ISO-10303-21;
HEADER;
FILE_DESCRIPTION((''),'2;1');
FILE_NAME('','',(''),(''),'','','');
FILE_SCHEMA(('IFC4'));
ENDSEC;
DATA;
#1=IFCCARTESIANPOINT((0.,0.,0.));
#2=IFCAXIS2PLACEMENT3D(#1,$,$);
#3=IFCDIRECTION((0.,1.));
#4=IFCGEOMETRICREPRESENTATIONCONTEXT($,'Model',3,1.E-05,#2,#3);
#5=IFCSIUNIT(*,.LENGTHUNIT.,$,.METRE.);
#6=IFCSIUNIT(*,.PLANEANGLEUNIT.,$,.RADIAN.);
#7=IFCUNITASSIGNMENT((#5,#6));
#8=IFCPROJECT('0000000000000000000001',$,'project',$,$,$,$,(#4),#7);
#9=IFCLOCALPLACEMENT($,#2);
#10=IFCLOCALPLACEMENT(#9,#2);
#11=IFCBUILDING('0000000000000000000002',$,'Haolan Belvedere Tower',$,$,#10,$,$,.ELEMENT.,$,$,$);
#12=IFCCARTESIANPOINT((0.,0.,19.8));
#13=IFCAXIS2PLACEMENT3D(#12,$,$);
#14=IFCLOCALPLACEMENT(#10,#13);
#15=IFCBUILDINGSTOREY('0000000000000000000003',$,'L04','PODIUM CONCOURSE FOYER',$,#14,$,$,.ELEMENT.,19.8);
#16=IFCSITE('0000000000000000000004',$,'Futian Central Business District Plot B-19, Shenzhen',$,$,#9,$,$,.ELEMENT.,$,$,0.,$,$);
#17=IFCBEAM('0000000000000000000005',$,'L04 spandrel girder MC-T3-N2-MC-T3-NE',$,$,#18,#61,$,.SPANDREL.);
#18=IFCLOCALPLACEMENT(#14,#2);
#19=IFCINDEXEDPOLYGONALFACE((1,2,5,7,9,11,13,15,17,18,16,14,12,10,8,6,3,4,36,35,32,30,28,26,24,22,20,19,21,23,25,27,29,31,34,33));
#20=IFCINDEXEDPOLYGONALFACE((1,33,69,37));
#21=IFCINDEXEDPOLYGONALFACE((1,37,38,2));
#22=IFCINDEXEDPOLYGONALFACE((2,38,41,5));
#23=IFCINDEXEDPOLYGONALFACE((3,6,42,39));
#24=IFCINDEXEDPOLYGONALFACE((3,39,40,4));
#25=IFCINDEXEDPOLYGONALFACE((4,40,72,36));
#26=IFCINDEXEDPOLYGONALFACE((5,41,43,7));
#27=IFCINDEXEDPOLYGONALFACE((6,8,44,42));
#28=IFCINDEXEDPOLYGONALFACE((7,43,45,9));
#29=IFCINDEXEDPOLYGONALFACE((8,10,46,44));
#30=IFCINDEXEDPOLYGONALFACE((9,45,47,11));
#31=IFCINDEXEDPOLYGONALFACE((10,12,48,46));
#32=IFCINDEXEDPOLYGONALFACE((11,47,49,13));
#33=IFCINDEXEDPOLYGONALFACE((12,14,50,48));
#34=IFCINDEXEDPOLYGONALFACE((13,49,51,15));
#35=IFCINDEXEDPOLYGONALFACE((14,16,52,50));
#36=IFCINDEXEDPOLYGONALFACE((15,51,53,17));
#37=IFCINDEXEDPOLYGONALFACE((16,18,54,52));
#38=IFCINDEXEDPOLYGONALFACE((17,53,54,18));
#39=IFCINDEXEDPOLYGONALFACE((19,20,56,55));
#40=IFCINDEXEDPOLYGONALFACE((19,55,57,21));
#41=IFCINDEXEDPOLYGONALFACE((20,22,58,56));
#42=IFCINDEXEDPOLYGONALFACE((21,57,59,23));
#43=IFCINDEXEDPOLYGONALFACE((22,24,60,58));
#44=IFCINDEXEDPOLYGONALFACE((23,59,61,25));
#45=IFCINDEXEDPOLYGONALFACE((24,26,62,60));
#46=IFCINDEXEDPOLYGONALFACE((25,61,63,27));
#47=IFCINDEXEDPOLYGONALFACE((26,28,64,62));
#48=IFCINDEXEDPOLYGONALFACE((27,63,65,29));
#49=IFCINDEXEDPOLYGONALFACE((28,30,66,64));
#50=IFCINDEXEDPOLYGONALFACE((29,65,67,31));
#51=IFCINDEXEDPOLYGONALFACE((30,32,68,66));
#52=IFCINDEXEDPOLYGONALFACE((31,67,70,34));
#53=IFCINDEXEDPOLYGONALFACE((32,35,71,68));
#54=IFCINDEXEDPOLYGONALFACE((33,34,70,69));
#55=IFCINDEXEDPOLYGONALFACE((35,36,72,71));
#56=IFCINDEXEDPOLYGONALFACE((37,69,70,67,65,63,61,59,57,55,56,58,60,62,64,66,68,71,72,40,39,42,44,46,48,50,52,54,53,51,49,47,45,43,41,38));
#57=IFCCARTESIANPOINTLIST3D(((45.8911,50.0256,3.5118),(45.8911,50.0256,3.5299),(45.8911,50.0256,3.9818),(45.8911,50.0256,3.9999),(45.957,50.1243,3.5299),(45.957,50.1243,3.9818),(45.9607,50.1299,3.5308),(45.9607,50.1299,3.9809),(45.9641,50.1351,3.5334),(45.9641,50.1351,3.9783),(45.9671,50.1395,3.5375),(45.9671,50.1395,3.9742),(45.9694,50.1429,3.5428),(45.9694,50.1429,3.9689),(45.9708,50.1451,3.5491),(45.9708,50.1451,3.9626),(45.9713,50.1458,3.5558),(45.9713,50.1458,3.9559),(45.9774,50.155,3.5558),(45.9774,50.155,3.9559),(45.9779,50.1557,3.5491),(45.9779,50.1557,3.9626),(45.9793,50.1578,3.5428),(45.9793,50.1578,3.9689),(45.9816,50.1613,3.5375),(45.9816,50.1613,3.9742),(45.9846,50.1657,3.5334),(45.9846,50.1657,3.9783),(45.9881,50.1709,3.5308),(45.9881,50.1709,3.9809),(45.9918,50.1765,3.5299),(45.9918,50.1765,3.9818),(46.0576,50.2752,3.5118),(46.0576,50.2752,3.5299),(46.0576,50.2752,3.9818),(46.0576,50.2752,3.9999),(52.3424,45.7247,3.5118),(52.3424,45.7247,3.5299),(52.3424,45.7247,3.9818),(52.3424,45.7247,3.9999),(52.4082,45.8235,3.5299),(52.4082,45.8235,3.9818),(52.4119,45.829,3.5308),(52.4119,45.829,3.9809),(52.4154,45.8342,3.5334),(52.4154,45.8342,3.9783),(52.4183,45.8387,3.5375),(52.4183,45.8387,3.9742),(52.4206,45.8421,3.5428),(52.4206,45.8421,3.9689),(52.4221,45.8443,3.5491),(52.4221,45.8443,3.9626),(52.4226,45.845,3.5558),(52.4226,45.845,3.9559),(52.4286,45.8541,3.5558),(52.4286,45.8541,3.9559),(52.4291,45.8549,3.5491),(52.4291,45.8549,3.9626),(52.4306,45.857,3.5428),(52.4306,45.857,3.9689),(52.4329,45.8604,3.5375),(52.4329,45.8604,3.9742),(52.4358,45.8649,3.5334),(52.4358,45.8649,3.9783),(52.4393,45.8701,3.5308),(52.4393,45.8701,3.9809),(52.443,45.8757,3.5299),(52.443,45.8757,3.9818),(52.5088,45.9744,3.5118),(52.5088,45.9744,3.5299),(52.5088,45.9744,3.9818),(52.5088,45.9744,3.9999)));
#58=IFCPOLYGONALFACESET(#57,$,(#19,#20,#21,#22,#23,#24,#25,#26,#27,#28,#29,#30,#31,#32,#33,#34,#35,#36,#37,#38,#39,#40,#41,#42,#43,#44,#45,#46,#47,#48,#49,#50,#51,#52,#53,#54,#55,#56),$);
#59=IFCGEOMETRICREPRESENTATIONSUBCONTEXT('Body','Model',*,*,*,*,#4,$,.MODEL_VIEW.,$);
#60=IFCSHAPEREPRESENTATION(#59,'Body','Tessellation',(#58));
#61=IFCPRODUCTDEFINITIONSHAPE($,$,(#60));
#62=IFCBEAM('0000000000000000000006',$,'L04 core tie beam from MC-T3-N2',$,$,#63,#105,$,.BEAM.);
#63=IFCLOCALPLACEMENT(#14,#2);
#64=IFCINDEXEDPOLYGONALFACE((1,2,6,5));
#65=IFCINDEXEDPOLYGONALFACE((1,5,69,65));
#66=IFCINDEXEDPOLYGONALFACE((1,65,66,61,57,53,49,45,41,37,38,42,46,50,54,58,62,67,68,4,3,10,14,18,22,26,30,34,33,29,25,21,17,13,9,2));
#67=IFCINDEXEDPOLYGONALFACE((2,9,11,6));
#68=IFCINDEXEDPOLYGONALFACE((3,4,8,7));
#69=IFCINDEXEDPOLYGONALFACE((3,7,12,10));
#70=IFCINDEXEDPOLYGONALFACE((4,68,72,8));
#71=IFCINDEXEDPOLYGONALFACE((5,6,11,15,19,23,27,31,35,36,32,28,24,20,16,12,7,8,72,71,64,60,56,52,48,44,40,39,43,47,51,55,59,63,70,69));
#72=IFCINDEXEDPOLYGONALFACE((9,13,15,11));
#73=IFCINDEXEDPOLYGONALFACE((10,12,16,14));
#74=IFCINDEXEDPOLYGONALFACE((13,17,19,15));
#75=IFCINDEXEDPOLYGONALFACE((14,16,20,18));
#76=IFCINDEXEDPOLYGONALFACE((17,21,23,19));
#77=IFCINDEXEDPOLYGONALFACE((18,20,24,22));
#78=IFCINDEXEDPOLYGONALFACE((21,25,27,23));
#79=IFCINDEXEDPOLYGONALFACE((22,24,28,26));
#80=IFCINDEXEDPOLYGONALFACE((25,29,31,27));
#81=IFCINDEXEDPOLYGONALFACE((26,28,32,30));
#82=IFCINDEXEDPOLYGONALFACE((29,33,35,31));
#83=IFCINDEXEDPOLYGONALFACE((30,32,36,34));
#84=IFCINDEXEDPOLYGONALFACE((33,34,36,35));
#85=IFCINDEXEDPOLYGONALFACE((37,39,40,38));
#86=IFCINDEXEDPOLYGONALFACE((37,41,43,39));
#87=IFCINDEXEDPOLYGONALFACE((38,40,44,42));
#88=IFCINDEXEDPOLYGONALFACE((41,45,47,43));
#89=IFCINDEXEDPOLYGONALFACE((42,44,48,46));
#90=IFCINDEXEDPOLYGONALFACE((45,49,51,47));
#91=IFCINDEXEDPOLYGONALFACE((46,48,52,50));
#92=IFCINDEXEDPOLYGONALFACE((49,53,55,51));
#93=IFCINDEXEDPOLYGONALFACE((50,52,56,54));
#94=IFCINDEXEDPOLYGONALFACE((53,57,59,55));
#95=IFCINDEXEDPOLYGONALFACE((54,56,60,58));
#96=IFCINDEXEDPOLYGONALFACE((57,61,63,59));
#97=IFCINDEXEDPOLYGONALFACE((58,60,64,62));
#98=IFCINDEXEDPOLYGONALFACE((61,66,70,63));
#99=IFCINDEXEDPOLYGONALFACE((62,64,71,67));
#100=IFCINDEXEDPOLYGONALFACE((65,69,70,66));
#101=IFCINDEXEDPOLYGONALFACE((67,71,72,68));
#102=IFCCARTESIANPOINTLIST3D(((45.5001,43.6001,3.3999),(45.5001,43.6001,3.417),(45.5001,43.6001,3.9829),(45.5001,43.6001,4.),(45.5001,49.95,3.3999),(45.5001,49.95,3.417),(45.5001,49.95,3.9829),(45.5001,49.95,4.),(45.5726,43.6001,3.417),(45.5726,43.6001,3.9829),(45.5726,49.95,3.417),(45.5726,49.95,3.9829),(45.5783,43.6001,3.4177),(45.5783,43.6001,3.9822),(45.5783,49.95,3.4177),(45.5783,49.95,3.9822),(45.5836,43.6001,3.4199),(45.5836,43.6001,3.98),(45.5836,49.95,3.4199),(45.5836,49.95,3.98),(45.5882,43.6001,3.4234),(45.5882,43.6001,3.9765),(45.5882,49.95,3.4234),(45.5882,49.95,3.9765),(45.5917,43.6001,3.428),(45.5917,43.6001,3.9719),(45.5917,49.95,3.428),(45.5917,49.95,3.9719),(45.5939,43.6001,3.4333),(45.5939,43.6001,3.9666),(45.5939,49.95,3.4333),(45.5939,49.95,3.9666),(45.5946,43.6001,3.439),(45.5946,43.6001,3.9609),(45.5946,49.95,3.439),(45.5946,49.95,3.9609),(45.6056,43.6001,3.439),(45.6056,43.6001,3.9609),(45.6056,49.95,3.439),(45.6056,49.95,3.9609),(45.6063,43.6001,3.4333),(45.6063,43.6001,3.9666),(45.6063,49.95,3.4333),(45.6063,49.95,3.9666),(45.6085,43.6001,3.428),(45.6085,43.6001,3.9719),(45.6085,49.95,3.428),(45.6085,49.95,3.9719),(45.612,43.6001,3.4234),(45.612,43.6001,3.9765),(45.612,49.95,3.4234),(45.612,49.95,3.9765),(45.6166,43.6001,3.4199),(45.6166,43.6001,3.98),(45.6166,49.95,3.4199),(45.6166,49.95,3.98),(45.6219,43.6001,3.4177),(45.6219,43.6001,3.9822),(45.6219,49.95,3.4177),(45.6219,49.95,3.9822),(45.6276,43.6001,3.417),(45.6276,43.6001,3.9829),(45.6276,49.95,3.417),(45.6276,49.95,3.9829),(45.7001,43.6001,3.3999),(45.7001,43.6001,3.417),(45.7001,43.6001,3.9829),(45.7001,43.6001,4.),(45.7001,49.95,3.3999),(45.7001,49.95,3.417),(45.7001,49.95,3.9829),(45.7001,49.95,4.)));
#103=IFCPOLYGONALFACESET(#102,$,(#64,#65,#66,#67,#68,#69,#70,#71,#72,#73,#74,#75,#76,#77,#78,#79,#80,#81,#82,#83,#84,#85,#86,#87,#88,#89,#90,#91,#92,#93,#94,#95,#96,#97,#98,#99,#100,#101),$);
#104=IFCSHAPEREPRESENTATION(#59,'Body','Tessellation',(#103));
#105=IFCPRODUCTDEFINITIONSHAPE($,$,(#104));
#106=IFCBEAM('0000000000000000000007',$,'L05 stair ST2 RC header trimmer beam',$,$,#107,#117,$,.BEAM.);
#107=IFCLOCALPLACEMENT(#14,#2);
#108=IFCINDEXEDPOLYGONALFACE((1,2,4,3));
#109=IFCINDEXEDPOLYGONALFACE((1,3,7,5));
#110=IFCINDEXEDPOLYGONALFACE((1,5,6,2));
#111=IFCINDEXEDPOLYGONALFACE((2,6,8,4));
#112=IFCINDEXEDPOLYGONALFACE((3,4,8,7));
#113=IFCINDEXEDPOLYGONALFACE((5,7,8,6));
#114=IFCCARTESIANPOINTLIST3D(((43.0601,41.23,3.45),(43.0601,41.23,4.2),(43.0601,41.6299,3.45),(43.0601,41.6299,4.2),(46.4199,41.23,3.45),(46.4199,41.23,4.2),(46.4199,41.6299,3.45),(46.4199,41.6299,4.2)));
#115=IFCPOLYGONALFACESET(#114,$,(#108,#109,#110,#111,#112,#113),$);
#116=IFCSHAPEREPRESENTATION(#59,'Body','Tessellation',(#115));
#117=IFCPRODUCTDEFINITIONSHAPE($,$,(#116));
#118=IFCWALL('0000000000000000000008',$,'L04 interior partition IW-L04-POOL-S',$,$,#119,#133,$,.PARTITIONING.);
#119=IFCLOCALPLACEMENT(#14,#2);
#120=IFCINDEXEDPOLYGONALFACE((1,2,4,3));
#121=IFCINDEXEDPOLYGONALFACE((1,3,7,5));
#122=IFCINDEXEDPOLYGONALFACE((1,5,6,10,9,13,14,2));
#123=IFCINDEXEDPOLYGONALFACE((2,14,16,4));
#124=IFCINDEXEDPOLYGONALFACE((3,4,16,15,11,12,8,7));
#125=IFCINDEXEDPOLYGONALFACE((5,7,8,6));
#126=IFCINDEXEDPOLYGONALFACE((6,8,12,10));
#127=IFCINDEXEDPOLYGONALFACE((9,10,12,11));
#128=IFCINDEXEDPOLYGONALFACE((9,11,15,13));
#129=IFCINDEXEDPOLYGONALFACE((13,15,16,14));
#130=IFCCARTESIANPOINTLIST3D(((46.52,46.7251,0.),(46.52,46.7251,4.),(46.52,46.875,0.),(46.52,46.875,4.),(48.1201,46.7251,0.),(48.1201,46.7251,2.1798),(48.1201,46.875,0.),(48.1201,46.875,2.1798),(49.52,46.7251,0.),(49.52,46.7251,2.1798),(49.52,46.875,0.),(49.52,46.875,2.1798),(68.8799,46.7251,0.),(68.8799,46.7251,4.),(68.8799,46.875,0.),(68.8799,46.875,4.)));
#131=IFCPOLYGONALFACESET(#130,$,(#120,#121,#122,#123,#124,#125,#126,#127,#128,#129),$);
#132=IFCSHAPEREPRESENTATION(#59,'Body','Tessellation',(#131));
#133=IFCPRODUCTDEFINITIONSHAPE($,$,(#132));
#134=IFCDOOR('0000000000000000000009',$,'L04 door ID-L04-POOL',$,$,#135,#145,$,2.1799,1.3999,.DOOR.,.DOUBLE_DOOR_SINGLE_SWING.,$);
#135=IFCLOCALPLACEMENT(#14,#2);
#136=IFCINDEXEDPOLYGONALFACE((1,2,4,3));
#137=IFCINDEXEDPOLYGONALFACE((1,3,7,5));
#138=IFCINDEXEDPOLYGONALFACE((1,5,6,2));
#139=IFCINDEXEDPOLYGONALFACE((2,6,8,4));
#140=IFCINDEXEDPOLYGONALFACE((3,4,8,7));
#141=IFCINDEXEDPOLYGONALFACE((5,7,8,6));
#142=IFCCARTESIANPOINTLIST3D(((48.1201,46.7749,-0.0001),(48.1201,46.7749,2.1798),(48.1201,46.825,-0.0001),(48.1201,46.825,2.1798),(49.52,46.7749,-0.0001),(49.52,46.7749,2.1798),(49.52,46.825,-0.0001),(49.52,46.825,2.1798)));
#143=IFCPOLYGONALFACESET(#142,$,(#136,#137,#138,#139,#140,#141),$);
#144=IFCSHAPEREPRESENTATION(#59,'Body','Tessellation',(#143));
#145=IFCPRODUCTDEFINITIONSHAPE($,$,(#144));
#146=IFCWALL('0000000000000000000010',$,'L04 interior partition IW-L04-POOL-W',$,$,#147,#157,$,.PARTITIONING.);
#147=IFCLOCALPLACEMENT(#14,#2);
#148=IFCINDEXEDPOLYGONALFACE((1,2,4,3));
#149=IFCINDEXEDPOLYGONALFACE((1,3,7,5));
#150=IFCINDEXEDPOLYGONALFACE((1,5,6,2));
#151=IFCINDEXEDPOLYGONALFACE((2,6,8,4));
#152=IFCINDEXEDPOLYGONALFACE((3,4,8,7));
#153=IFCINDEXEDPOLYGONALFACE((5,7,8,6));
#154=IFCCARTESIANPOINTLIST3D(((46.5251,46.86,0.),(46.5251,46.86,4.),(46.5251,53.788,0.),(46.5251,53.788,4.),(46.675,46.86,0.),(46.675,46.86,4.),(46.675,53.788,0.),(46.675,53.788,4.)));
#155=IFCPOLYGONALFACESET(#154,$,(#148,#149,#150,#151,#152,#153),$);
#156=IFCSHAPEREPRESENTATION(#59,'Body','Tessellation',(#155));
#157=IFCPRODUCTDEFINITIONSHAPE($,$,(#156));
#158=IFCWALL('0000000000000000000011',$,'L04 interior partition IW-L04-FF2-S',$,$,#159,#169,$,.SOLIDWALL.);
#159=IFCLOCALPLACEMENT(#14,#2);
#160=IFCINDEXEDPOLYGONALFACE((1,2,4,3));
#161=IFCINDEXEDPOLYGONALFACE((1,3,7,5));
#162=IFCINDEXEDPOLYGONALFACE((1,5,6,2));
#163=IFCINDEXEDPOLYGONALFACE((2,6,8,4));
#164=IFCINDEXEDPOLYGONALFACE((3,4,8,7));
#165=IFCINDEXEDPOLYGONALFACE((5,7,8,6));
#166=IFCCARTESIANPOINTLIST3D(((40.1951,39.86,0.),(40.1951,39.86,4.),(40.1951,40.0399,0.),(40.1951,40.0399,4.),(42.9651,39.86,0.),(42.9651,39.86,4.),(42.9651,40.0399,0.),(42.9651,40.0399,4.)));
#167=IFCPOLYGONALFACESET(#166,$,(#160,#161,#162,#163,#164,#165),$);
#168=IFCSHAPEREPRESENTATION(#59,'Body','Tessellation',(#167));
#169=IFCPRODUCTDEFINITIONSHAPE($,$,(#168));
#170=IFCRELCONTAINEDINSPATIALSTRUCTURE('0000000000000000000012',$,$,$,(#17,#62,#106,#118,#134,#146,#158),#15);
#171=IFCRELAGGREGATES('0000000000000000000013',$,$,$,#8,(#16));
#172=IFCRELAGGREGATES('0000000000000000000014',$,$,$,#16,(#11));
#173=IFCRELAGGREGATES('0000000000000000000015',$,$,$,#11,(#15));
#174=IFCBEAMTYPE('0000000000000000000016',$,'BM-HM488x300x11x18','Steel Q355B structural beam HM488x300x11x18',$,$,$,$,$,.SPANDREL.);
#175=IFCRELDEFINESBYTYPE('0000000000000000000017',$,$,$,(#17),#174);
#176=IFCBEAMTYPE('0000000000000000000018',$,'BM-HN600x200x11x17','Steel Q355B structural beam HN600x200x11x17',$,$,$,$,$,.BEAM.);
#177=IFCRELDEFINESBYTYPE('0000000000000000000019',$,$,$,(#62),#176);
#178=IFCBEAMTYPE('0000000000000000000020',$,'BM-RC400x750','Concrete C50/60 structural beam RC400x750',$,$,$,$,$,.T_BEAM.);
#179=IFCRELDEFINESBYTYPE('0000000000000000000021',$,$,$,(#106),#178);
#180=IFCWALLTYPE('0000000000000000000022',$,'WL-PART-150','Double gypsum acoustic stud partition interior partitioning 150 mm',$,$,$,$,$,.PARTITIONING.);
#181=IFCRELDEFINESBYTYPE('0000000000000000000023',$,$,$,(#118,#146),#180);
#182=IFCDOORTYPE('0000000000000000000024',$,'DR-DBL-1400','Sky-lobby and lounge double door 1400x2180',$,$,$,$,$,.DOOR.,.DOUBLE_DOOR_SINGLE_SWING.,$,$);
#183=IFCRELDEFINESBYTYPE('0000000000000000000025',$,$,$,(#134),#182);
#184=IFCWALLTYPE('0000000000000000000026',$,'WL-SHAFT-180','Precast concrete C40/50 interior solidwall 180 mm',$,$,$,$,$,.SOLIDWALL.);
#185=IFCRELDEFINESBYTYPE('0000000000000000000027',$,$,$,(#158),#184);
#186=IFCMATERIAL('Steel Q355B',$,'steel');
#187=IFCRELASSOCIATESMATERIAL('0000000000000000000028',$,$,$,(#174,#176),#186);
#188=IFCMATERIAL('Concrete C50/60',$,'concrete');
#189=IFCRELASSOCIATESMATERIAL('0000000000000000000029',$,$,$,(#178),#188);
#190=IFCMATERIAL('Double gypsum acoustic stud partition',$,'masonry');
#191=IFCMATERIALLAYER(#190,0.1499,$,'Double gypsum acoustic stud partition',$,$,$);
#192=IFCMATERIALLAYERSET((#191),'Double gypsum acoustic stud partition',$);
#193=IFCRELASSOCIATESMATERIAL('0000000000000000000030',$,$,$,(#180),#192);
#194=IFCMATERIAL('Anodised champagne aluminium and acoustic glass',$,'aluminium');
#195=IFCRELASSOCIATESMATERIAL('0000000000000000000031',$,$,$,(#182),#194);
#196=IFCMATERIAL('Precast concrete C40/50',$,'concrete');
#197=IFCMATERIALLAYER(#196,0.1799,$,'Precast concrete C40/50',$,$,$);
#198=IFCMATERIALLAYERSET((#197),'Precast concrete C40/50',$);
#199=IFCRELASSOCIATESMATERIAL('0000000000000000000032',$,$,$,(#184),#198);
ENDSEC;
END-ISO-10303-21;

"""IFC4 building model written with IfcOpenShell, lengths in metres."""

from ifc_helpers import new_model, si_unit, direction, frame, frame_2d, origin, origin_2d, place, context, subcontext, project, spatial, rectangle, i_section, extrude, material, layer, layer_set, material_profile, profile_set, type_object, element, fill, save


model = new_model("IFC4")

# Units and contexts
model_context = context("Model", 3, precision=1e-05, world=origin(), true_north=direction((0.0, 1.0)))
body_context = subcontext(model_context, "Body", "Model", "MODEL_VIEW")
ifc_project = project(units=[si_unit("LENGTHUNIT", "METRE"), si_unit("PLANEANGLEUNIT", "RADIAN")], contexts=[model_context])

# Site, building, storey
site_placement = place(None, origin())
site = spatial("IfcSite", under=ifc_project, at=site_placement, Name="Futian Central Business District Plot B-19, Shenzhen", CompositionType="ELEMENT", RefElevation=0.0)
building_placement = place(site_placement, origin())
building = spatial("IfcBuilding", under=site, at=building_placement, Name="Haolan Belvedere Tower", CompositionType="ELEMENT")
storey_placement = place(building_placement, frame((0.0, 0.0, 19.8)))
storey = spatial("IfcBuildingStorey", under=building, at=storey_placement, Name="L04", Description="PODIUM CONCOURSE FOYER", CompositionType="ELEMENT", Elevation=19.8)

# Beams
ifc_material_1 = material(Name="Steel Q355B", Category="steel")
ifc_material_profile_1 = material_profile(ifc_material_1, i_section(OverallWidth=0.3, OverallDepth=0.488, WebThickness=0.011, FlangeThickness=0.0181, FilletRadius=0.0259, at=origin_2d()), Name="Steel Q355B")
ifc_profile_set_1 = profile_set([ifc_material_profile_1], Name="Steel Q355B")
beam_type_1 = type_object("IfcBeamType", Name="BM-HM488x300x11x18", Description="Steel Q355B structural beam HM488x300x11x18", PredefinedType="SPANDREL", material=ifc_profile_set_1)
beam_1_placement = place(storey_placement, frame((45.9744, 50.1504, 3.7559), z_axis=(0.83205, -0.5547, 0.0), x_axis=(0.5547, 0.83205, 0.0)))
element("IfcBeam", 1, at=beam_1_placement, inside=storey, type_object=beam_type_1, Name="L04 spandrel girder MC-T3-N2-MC-T3-NE", PredefinedType="SPANDREL", context=body_context, shape_type="SweptSolid", body=[
    extrude(i_section(OverallWidth=0.3, OverallDepth=0.488, WebThickness=0.011, FlangeThickness=0.0181, FilletRadius=0.0259, at=origin_2d()), origin(), (0.0, 0.0, 1.0), 7.7534),
])
ifc_material_profile_2 = material_profile(ifc_material_1, i_section(OverallWidth=0.2, OverallDepth=0.6001, WebThickness=0.011, FlangeThickness=0.0171, FilletRadius=0.022, at=origin_2d()), Name="Steel Q355B")
ifc_profile_set_2 = profile_set([ifc_material_profile_2], Name="Steel Q355B")
beam_type_2 = type_object("IfcBeamType", Name="BM-HN600x200x11x17", Description="Steel Q355B structural beam HN600x200x11x17", PredefinedType="BEAM", material=ifc_profile_set_2)
beam_2_placement = place(storey_placement, frame((45.6001, 49.95, 3.7), z_axis=(0.0, -1.0, 0.0), x_axis=(1.0, 0.0, 0.0)))
element("IfcBeam", 2, at=beam_2_placement, inside=storey, type_object=beam_type_2, Name="L04 core tie beam from MC-T3-N2", PredefinedType="BEAM", context=body_context, shape_type="SweptSolid", body=[
    extrude(i_section(OverallWidth=0.2, OverallDepth=0.6001, WebThickness=0.011, FlangeThickness=0.0171, FilletRadius=0.022, at=origin_2d()), origin(), (0.0, 0.0, 1.0), 6.3499),
])
ifc_material_2 = material(Name="Concrete C50/60", Category="concrete")
ifc_material_profile_3 = material_profile(ifc_material_2, rectangle(XDim=0.3999, YDim=0.75, at=origin_2d()), Name="Concrete C50/60")
ifc_profile_set_3 = profile_set([ifc_material_profile_3], Name="Concrete C50/60")
beam_type_3 = type_object("IfcBeamType", Name="BM-RC400x750", Description="Concrete C50/60 structural beam RC400x750", PredefinedType="T_BEAM", material=ifc_profile_set_3)
beam_3_placement = place(storey_placement, frame((43.0601, 41.4299, 3.825), z_axis=(1.0, 0.0, 0.0), x_axis=(0.0, 1.0, 0.0)))
element("IfcBeam", 3, at=beam_3_placement, inside=storey, type_object=beam_type_3, Name="L05 stair ST2 RC header trimmer beam", PredefinedType="BEAM", context=body_context, shape_type="SweptSolid", body=[
    extrude(rectangle(XDim=0.3999, YDim=0.75, at=origin_2d()), origin(), (0.0, 0.0, 1.0), 3.3599),
])

# Wall, opening, door
ifc_material_3 = material(Name="Double gypsum acoustic stud partition", Category="masonry")
ifc_layer_1 = layer(ifc_material_3, 0.1499, Name="Double gypsum acoustic stud partition")
ifc_layer_set_1 = layer_set([ifc_layer_1], Name="Double gypsum acoustic stud partition")
wall_type_1 = type_object("IfcWallType", Name="WL-PART-150", Description="Double gypsum acoustic stud partition interior partitioning 150 mm", PredefinedType="PARTITIONING", material=ifc_layer_set_1)
wall_1_placement = place(storey_placement, frame((46.52, 46.8, 0.0), z_axis=(0.0, 0.0, 1.0), x_axis=(1.0, 0.0, 0.0)))
wall_1 = element("IfcWall", 4, at=wall_1_placement, inside=storey, type_object=wall_type_1, Name="L04 interior partition IW-L04-POOL-S", PredefinedType="PARTITIONING", context=body_context, shape_type="SweptSolid", body=[
    extrude(rectangle(XDim=22.3599, YDim=0.1499, at=frame_2d((11.1799, 0.0))), origin(), (0.0, 0.0, 1.0), 4.0),
])
opening_1_placement = place(wall_1_placement, frame((1.6001, 0.0, 0.0)))
opening_1 = element("IfcOpeningElement", 5, at=opening_1_placement, cuts=wall_1, PredefinedType="OPENING", context=body_context, shape_type="SweptSolid", body=[
    extrude(rectangle(XDim=1.3999, YDim=2.1799, at=frame_2d((0.7, 1.0898))), frame((0.0, 0.085, 0.0), z_axis=(0.0, -1.0, 0.0), x_axis=(1.0, 0.0, 0.0)), (0.0, 0.0, 1.0), 0.1699),
])
ifc_material_4 = material(Name="Anodised champagne aluminium and acoustic glass", Category="aluminium")
door_type_1 = type_object("IfcDoorType", Name="DR-DBL-1400", Description="Sky-lobby and lounge double door 1400x2180", OperationType="DOUBLE_DOOR_SINGLE_SWING", PredefinedType="DOOR", material=ifc_material_4)
door_1_placement = place(opening_1_placement, origin())
door_1 = element("IfcDoor", 6, at=door_1_placement, inside=storey, type_object=door_type_1, Name="L04 door ID-L04-POOL", OperationType="DOUBLE_DOOR_SINGLE_SWING", OverallHeight=2.1799, OverallWidth=1.3999, PredefinedType="DOOR", context=body_context, shape_type="SweptSolid", body=[
    extrude(rectangle(XDim=1.3999, YDim=2.1799, at=frame_2d((0.7, 1.0898))), frame((0.0, 0.0249, 0.0), z_axis=(0.0, -1.0, 0.0), x_axis=(1.0, 0.0, 0.0)), (0.0, 0.0, 1.0), 0.05),
])
fill(opening_1, door_1)

# Walls
wall_2_placement = place(storey_placement, frame((46.6001, 46.8601, 0.0), z_axis=(0.0, 0.0, 1.0), x_axis=(0.0, 1.0, 0.0)))
element("IfcWall", 7, at=wall_2_placement, inside=storey, type_object=wall_type_1, Name="L04 interior partition IW-L04-POOL-W", PredefinedType="PARTITIONING", context=body_context, shape_type="SweptSolid", body=[
    extrude(rectangle(XDim=6.928, YDim=0.1499, at=frame_2d((3.4639, 0.0))), origin(), (0.0, 0.0, 1.0), 4.0),
])
ifc_material_5 = material(Name="Precast concrete C40/50", Category="concrete")
ifc_layer_2 = layer(ifc_material_5, 0.1799, Name="Precast concrete C40/50")
ifc_layer_set_2 = layer_set([ifc_layer_2], Name="Precast concrete C40/50")
wall_type_2 = type_object("IfcWallType", Name="WL-SHAFT-180", Description="Precast concrete C40/50 interior solidwall 180 mm", PredefinedType="SOLIDWALL", material=ifc_layer_set_2)
wall_3_placement = place(storey_placement, frame((40.1951, 39.95, 0.0), z_axis=(0.0, 0.0, 1.0), x_axis=(1.0, 0.0, 0.0)))
element("IfcWall", 8, at=wall_3_placement, inside=storey, type_object=wall_type_2, Name="L04 interior partition IW-L04-FF2-S", PredefinedType="SOLIDWALL", context=body_context, shape_type="SweptSolid", body=[
    extrude(rectangle(XDim=2.77, YDim=0.1799, at=frame_2d((1.385, 0.0))), origin(), (0.0, 0.0, 1.0), 4.0),
])

save(model, "model.ifc")
